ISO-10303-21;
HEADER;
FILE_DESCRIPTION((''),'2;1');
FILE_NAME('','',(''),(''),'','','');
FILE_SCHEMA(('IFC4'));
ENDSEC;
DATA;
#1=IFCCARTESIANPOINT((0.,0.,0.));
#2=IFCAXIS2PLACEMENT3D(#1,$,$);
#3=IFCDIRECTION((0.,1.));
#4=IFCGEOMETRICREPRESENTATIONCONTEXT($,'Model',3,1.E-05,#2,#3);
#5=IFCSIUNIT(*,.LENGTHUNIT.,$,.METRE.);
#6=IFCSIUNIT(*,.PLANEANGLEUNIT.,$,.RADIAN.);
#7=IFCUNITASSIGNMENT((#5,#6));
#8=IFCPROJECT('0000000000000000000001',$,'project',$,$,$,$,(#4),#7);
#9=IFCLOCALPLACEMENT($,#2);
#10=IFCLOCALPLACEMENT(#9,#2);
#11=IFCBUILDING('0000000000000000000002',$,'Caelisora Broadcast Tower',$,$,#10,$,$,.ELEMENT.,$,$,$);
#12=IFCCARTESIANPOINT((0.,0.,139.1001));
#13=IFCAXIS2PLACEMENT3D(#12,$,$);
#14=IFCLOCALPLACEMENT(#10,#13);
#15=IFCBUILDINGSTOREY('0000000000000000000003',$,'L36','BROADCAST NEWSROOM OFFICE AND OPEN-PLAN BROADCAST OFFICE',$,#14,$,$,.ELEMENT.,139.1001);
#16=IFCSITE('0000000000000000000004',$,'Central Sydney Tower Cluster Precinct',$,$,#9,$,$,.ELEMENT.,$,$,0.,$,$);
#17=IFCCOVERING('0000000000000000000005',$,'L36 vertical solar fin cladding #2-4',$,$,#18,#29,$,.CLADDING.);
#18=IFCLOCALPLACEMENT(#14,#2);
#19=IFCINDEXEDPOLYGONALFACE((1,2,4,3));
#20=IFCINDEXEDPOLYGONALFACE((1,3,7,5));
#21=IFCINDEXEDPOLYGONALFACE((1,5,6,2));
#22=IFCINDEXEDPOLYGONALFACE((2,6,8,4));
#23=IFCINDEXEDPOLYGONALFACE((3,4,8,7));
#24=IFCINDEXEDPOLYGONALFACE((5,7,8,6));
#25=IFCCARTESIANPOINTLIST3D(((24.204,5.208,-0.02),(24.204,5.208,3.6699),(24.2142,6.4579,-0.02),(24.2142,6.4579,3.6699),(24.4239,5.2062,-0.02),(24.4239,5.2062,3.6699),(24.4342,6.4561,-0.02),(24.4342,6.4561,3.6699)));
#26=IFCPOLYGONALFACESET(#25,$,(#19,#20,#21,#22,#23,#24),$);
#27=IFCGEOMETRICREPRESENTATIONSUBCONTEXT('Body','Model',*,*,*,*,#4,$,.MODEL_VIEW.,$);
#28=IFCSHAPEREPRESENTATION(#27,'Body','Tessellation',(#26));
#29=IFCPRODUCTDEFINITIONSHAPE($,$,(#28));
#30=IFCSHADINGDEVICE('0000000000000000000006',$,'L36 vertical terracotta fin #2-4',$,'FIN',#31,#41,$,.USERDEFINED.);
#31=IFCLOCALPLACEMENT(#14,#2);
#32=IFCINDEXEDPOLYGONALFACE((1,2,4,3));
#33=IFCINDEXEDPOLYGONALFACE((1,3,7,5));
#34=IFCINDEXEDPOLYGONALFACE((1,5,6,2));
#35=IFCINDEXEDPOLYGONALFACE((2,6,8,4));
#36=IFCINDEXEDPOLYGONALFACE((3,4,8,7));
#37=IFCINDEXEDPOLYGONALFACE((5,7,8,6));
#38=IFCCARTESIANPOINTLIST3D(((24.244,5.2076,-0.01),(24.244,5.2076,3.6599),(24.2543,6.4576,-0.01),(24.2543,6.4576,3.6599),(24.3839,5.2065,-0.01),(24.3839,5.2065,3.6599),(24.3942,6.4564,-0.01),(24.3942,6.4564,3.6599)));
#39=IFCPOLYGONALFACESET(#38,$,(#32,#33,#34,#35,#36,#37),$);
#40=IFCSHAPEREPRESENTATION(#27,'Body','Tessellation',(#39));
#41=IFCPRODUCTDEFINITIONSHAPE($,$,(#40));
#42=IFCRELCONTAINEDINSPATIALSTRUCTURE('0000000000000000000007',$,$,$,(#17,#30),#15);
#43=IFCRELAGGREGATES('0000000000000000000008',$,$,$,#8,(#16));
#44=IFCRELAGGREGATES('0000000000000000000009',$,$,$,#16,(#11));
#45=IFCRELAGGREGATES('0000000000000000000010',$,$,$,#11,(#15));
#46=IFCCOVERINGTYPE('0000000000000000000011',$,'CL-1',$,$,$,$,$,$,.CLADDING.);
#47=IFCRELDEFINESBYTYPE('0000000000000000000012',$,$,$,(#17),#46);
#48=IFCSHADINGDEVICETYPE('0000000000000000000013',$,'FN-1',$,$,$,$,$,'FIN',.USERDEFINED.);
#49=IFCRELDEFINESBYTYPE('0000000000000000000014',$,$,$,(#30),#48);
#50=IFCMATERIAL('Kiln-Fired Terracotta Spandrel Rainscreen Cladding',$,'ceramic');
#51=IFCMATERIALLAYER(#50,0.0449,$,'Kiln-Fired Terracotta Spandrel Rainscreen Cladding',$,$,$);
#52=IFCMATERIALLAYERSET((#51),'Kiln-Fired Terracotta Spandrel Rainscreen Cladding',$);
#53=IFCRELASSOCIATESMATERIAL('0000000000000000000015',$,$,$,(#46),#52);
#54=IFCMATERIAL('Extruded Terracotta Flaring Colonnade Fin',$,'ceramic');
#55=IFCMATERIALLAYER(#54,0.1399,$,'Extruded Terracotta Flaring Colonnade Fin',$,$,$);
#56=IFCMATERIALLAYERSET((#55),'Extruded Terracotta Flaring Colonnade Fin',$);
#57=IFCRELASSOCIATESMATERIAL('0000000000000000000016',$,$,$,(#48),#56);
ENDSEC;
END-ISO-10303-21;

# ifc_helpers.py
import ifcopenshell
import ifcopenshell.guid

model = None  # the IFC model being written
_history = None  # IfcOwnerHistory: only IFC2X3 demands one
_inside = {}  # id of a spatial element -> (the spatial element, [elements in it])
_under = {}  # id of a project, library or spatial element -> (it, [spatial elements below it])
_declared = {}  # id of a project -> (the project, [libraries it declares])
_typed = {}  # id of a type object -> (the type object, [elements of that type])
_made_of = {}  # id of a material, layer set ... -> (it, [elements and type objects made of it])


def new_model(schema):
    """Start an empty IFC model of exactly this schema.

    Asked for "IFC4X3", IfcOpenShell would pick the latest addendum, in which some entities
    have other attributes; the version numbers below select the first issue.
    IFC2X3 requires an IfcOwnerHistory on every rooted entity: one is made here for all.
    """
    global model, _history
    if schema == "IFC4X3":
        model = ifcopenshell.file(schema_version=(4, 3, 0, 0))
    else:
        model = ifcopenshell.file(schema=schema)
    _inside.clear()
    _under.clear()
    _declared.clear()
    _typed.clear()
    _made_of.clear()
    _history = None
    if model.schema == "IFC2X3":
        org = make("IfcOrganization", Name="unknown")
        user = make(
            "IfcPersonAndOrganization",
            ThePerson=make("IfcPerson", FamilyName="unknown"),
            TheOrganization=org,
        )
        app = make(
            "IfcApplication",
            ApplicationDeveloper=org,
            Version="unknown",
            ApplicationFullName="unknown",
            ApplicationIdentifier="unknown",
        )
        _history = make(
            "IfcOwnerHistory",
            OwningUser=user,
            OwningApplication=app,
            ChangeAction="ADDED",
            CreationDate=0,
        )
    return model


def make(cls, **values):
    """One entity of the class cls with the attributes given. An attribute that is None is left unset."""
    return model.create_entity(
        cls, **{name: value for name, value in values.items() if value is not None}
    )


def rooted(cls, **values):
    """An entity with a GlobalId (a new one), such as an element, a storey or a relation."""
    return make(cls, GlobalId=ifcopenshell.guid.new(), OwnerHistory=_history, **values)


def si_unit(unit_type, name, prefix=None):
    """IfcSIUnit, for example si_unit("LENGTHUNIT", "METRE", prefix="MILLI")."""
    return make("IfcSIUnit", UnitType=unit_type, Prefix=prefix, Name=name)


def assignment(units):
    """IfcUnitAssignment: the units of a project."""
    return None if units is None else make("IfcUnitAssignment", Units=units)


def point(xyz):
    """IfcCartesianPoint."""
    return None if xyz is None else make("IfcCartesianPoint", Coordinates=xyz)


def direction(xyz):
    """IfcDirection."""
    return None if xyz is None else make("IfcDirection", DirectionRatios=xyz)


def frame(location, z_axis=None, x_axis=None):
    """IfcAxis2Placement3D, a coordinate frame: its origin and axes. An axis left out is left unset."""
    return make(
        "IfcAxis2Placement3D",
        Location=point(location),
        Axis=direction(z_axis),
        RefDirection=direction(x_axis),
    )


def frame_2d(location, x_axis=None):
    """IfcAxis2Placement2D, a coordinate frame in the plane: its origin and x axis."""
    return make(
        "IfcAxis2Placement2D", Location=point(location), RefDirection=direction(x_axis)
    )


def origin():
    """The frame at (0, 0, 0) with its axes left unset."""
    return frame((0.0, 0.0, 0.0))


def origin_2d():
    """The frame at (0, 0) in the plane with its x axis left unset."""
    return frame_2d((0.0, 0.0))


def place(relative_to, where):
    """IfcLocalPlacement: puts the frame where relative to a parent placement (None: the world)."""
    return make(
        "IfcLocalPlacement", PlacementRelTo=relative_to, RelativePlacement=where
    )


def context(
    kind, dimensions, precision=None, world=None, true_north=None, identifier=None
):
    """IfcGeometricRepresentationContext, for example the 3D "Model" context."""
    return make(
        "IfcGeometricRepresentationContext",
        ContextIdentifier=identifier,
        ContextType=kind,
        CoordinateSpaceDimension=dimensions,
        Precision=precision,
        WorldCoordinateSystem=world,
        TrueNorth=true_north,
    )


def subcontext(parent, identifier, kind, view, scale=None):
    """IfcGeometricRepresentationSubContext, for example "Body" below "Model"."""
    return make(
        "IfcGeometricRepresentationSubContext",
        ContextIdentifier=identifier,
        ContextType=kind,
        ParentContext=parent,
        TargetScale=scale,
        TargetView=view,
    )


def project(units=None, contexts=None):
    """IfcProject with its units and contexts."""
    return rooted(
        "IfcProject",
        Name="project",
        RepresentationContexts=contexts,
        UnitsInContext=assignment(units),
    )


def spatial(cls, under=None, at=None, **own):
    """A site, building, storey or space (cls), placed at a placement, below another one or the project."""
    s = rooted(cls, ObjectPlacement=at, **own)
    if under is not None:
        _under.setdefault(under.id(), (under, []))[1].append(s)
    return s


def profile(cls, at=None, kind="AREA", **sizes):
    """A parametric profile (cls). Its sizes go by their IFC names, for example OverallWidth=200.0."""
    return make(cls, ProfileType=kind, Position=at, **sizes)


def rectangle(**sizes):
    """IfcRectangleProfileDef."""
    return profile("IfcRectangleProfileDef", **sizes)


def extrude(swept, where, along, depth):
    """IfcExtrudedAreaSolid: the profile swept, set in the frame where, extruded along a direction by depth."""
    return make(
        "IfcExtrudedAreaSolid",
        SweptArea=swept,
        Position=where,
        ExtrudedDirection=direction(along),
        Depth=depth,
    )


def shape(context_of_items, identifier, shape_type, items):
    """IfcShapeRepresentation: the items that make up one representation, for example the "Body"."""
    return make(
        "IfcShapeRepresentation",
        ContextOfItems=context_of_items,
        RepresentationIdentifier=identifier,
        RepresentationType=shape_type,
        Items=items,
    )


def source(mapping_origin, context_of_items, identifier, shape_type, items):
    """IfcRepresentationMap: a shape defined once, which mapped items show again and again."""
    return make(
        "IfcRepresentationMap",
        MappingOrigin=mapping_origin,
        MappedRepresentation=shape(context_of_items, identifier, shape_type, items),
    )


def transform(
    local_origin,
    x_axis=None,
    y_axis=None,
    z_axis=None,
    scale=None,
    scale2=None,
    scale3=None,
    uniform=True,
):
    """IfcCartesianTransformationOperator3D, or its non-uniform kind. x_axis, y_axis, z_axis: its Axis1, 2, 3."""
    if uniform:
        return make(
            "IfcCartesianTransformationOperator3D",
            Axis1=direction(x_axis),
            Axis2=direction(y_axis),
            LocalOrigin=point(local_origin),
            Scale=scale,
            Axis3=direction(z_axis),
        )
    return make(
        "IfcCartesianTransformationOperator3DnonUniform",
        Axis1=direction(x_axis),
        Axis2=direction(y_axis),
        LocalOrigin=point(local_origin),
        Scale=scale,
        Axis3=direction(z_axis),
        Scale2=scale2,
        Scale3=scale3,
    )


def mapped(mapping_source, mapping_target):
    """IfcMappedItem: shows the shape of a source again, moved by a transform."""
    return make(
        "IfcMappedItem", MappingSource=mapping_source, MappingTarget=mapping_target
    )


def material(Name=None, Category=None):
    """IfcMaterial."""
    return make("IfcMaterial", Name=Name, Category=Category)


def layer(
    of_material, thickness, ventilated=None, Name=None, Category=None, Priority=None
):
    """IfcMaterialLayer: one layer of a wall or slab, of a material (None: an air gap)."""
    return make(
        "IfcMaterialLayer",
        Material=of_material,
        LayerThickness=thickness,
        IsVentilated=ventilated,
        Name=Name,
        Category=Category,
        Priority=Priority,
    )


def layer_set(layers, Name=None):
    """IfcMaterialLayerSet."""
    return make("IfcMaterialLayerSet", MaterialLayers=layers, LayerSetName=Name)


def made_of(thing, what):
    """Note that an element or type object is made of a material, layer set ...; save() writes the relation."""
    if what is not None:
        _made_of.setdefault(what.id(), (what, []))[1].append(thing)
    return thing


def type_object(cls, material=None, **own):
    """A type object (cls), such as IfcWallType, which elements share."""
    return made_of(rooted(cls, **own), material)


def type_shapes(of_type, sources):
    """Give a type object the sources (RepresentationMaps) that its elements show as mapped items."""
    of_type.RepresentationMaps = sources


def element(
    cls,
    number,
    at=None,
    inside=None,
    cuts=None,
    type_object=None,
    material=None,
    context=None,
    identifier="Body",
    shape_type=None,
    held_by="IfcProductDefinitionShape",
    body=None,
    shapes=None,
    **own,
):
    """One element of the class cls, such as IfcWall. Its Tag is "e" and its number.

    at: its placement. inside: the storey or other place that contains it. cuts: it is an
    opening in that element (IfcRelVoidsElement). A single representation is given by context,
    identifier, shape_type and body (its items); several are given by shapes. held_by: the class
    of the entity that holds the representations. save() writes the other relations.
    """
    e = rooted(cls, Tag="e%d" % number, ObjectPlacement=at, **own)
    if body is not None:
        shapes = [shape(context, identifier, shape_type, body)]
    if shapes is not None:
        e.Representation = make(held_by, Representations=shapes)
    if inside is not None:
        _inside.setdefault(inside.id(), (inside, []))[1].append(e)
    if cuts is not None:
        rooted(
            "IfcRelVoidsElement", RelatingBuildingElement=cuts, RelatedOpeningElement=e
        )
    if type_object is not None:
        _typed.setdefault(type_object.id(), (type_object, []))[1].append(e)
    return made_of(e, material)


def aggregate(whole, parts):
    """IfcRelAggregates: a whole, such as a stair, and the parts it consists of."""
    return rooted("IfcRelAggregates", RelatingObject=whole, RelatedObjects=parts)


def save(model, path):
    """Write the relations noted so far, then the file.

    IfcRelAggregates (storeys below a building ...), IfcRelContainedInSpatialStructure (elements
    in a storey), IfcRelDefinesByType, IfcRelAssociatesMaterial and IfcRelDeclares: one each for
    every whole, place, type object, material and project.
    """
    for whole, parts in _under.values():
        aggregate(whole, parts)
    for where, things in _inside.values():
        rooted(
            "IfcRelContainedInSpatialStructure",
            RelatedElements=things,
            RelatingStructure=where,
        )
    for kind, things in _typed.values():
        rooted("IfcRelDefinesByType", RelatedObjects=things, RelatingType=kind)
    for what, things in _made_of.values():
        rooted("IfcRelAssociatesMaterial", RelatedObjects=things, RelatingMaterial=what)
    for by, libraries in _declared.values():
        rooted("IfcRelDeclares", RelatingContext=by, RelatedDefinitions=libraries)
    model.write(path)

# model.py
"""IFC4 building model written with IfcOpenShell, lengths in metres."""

from ifc_helpers import new_model, si_unit, direction, frame, origin, origin_2d, place, context, subcontext, project, spatial, rectangle, extrude, source, transform, mapped, material, layer, layer_set, type_object, type_shapes, element, save


model = new_model("IFC4")

# Units and contexts
model_context = context("Model", 3, precision=1e-05, world=origin(), true_north=direction((0.0, 1.0)))
body_context = subcontext(model_context, "Body", "Model", "MODEL_VIEW")
ifc_project = project(units=[si_unit("LENGTHUNIT", "METRE"), si_unit("PLANEANGLEUNIT", "RADIAN")], contexts=[model_context])

# Site, building, storey
site_placement = place(None, origin())
site = spatial("IfcSite", under=ifc_project, at=site_placement, Name="Central Sydney Tower Cluster Precinct", CompositionType="ELEMENT", RefElevation=0.0)
building_placement = place(site_placement, origin())
building = spatial("IfcBuilding", under=site, at=building_placement, Name="Caelisora Broadcast Tower", CompositionType="ELEMENT")
storey_placement = place(building_placement, frame((0.0, 0.0, 139.1001)))
storey = spatial("IfcBuildingStorey", under=building, at=storey_placement, Name="L36", Description="BROADCAST NEWSROOM OFFICE AND OPEN-PLAN BROADCAST OFFICE", CompositionType="ELEMENT", Elevation=139.1001)

# Covering
ifc_material_1 = material(Name="Kiln-Fired Terracotta Spandrel Rainscreen Cladding", Category="ceramic")
ifc_layer_1 = layer(ifc_material_1, 0.0449, Name="Kiln-Fired Terracotta Spandrel Rainscreen Cladding")
ifc_layer_set_1 = layer_set([ifc_layer_1], Name="Kiln-Fired Terracotta Spandrel Rainscreen Cladding")
covering_type = type_object("IfcCoveringType", Name="CL-1", PredefinedType="CLADDING", material=ifc_layer_set_1)
shared_shape_1 = source(origin(), body_context, "Body", "SweptSolid", [
    extrude(rectangle(XDim=0.22, YDim=1.25, at=origin_2d()), origin(), (0.0, 0.0, 1.0), 3.6899),
])
type_shapes(covering_type, [shared_shape_1])
covering_placement = place(storey_placement, frame((24.3191, 5.832, -0.02), z_axis=(0.0, 0.0, 1.0), x_axis=(-0.999966, 0.008203, 0.0)))
element("IfcCovering", 1, at=covering_placement, inside=storey, type_object=covering_type, Name="L36 vertical solar fin cladding #2-4", PredefinedType="CLADDING", context=body_context, shape_type="MappedRepresentation", body=[
    mapped(shared_shape_1, transform((0.0, 0.0, 0.0), scale=1.0)),
])

# Shading device
ifc_material_2 = material(Name="Extruded Terracotta Flaring Colonnade Fin", Category="ceramic")
ifc_layer_2 = layer(ifc_material_2, 0.1399, Name="Extruded Terracotta Flaring Colonnade Fin")
ifc_layer_set_2 = layer_set([ifc_layer_2], Name="Extruded Terracotta Flaring Colonnade Fin")
shading_device_type = type_object("IfcShadingDeviceType", Name="FN-1", ElementType="FIN", PredefinedType="USERDEFINED", material=ifc_layer_set_2)
shared_shape_2 = source(origin(), body_context, "Body", "SweptSolid", [
    extrude(rectangle(XDim=0.1399, YDim=1.25, at=origin_2d()), origin(), (0.0, 0.0, 1.0), 3.6699),
])
type_shapes(shading_device_type, [shared_shape_2])
shading_device_placement = place(storey_placement, frame((24.3191, 5.832, -0.01), z_axis=(0.0, 0.0, 1.0), x_axis=(-0.999966, 0.008203, 0.0)))
element("IfcShadingDevice", 2, at=shading_device_placement, inside=storey, type_object=shading_device_type, Name="L36 vertical terracotta fin #2-4", ObjectType="FIN", PredefinedType="USERDEFINED", context=body_context, shape_type="MappedRepresentation", body=[
    mapped(shared_shape_2, transform((0.0, 0.0, 0.0), scale=1.0)),
])

save(model, "model.ifc")
